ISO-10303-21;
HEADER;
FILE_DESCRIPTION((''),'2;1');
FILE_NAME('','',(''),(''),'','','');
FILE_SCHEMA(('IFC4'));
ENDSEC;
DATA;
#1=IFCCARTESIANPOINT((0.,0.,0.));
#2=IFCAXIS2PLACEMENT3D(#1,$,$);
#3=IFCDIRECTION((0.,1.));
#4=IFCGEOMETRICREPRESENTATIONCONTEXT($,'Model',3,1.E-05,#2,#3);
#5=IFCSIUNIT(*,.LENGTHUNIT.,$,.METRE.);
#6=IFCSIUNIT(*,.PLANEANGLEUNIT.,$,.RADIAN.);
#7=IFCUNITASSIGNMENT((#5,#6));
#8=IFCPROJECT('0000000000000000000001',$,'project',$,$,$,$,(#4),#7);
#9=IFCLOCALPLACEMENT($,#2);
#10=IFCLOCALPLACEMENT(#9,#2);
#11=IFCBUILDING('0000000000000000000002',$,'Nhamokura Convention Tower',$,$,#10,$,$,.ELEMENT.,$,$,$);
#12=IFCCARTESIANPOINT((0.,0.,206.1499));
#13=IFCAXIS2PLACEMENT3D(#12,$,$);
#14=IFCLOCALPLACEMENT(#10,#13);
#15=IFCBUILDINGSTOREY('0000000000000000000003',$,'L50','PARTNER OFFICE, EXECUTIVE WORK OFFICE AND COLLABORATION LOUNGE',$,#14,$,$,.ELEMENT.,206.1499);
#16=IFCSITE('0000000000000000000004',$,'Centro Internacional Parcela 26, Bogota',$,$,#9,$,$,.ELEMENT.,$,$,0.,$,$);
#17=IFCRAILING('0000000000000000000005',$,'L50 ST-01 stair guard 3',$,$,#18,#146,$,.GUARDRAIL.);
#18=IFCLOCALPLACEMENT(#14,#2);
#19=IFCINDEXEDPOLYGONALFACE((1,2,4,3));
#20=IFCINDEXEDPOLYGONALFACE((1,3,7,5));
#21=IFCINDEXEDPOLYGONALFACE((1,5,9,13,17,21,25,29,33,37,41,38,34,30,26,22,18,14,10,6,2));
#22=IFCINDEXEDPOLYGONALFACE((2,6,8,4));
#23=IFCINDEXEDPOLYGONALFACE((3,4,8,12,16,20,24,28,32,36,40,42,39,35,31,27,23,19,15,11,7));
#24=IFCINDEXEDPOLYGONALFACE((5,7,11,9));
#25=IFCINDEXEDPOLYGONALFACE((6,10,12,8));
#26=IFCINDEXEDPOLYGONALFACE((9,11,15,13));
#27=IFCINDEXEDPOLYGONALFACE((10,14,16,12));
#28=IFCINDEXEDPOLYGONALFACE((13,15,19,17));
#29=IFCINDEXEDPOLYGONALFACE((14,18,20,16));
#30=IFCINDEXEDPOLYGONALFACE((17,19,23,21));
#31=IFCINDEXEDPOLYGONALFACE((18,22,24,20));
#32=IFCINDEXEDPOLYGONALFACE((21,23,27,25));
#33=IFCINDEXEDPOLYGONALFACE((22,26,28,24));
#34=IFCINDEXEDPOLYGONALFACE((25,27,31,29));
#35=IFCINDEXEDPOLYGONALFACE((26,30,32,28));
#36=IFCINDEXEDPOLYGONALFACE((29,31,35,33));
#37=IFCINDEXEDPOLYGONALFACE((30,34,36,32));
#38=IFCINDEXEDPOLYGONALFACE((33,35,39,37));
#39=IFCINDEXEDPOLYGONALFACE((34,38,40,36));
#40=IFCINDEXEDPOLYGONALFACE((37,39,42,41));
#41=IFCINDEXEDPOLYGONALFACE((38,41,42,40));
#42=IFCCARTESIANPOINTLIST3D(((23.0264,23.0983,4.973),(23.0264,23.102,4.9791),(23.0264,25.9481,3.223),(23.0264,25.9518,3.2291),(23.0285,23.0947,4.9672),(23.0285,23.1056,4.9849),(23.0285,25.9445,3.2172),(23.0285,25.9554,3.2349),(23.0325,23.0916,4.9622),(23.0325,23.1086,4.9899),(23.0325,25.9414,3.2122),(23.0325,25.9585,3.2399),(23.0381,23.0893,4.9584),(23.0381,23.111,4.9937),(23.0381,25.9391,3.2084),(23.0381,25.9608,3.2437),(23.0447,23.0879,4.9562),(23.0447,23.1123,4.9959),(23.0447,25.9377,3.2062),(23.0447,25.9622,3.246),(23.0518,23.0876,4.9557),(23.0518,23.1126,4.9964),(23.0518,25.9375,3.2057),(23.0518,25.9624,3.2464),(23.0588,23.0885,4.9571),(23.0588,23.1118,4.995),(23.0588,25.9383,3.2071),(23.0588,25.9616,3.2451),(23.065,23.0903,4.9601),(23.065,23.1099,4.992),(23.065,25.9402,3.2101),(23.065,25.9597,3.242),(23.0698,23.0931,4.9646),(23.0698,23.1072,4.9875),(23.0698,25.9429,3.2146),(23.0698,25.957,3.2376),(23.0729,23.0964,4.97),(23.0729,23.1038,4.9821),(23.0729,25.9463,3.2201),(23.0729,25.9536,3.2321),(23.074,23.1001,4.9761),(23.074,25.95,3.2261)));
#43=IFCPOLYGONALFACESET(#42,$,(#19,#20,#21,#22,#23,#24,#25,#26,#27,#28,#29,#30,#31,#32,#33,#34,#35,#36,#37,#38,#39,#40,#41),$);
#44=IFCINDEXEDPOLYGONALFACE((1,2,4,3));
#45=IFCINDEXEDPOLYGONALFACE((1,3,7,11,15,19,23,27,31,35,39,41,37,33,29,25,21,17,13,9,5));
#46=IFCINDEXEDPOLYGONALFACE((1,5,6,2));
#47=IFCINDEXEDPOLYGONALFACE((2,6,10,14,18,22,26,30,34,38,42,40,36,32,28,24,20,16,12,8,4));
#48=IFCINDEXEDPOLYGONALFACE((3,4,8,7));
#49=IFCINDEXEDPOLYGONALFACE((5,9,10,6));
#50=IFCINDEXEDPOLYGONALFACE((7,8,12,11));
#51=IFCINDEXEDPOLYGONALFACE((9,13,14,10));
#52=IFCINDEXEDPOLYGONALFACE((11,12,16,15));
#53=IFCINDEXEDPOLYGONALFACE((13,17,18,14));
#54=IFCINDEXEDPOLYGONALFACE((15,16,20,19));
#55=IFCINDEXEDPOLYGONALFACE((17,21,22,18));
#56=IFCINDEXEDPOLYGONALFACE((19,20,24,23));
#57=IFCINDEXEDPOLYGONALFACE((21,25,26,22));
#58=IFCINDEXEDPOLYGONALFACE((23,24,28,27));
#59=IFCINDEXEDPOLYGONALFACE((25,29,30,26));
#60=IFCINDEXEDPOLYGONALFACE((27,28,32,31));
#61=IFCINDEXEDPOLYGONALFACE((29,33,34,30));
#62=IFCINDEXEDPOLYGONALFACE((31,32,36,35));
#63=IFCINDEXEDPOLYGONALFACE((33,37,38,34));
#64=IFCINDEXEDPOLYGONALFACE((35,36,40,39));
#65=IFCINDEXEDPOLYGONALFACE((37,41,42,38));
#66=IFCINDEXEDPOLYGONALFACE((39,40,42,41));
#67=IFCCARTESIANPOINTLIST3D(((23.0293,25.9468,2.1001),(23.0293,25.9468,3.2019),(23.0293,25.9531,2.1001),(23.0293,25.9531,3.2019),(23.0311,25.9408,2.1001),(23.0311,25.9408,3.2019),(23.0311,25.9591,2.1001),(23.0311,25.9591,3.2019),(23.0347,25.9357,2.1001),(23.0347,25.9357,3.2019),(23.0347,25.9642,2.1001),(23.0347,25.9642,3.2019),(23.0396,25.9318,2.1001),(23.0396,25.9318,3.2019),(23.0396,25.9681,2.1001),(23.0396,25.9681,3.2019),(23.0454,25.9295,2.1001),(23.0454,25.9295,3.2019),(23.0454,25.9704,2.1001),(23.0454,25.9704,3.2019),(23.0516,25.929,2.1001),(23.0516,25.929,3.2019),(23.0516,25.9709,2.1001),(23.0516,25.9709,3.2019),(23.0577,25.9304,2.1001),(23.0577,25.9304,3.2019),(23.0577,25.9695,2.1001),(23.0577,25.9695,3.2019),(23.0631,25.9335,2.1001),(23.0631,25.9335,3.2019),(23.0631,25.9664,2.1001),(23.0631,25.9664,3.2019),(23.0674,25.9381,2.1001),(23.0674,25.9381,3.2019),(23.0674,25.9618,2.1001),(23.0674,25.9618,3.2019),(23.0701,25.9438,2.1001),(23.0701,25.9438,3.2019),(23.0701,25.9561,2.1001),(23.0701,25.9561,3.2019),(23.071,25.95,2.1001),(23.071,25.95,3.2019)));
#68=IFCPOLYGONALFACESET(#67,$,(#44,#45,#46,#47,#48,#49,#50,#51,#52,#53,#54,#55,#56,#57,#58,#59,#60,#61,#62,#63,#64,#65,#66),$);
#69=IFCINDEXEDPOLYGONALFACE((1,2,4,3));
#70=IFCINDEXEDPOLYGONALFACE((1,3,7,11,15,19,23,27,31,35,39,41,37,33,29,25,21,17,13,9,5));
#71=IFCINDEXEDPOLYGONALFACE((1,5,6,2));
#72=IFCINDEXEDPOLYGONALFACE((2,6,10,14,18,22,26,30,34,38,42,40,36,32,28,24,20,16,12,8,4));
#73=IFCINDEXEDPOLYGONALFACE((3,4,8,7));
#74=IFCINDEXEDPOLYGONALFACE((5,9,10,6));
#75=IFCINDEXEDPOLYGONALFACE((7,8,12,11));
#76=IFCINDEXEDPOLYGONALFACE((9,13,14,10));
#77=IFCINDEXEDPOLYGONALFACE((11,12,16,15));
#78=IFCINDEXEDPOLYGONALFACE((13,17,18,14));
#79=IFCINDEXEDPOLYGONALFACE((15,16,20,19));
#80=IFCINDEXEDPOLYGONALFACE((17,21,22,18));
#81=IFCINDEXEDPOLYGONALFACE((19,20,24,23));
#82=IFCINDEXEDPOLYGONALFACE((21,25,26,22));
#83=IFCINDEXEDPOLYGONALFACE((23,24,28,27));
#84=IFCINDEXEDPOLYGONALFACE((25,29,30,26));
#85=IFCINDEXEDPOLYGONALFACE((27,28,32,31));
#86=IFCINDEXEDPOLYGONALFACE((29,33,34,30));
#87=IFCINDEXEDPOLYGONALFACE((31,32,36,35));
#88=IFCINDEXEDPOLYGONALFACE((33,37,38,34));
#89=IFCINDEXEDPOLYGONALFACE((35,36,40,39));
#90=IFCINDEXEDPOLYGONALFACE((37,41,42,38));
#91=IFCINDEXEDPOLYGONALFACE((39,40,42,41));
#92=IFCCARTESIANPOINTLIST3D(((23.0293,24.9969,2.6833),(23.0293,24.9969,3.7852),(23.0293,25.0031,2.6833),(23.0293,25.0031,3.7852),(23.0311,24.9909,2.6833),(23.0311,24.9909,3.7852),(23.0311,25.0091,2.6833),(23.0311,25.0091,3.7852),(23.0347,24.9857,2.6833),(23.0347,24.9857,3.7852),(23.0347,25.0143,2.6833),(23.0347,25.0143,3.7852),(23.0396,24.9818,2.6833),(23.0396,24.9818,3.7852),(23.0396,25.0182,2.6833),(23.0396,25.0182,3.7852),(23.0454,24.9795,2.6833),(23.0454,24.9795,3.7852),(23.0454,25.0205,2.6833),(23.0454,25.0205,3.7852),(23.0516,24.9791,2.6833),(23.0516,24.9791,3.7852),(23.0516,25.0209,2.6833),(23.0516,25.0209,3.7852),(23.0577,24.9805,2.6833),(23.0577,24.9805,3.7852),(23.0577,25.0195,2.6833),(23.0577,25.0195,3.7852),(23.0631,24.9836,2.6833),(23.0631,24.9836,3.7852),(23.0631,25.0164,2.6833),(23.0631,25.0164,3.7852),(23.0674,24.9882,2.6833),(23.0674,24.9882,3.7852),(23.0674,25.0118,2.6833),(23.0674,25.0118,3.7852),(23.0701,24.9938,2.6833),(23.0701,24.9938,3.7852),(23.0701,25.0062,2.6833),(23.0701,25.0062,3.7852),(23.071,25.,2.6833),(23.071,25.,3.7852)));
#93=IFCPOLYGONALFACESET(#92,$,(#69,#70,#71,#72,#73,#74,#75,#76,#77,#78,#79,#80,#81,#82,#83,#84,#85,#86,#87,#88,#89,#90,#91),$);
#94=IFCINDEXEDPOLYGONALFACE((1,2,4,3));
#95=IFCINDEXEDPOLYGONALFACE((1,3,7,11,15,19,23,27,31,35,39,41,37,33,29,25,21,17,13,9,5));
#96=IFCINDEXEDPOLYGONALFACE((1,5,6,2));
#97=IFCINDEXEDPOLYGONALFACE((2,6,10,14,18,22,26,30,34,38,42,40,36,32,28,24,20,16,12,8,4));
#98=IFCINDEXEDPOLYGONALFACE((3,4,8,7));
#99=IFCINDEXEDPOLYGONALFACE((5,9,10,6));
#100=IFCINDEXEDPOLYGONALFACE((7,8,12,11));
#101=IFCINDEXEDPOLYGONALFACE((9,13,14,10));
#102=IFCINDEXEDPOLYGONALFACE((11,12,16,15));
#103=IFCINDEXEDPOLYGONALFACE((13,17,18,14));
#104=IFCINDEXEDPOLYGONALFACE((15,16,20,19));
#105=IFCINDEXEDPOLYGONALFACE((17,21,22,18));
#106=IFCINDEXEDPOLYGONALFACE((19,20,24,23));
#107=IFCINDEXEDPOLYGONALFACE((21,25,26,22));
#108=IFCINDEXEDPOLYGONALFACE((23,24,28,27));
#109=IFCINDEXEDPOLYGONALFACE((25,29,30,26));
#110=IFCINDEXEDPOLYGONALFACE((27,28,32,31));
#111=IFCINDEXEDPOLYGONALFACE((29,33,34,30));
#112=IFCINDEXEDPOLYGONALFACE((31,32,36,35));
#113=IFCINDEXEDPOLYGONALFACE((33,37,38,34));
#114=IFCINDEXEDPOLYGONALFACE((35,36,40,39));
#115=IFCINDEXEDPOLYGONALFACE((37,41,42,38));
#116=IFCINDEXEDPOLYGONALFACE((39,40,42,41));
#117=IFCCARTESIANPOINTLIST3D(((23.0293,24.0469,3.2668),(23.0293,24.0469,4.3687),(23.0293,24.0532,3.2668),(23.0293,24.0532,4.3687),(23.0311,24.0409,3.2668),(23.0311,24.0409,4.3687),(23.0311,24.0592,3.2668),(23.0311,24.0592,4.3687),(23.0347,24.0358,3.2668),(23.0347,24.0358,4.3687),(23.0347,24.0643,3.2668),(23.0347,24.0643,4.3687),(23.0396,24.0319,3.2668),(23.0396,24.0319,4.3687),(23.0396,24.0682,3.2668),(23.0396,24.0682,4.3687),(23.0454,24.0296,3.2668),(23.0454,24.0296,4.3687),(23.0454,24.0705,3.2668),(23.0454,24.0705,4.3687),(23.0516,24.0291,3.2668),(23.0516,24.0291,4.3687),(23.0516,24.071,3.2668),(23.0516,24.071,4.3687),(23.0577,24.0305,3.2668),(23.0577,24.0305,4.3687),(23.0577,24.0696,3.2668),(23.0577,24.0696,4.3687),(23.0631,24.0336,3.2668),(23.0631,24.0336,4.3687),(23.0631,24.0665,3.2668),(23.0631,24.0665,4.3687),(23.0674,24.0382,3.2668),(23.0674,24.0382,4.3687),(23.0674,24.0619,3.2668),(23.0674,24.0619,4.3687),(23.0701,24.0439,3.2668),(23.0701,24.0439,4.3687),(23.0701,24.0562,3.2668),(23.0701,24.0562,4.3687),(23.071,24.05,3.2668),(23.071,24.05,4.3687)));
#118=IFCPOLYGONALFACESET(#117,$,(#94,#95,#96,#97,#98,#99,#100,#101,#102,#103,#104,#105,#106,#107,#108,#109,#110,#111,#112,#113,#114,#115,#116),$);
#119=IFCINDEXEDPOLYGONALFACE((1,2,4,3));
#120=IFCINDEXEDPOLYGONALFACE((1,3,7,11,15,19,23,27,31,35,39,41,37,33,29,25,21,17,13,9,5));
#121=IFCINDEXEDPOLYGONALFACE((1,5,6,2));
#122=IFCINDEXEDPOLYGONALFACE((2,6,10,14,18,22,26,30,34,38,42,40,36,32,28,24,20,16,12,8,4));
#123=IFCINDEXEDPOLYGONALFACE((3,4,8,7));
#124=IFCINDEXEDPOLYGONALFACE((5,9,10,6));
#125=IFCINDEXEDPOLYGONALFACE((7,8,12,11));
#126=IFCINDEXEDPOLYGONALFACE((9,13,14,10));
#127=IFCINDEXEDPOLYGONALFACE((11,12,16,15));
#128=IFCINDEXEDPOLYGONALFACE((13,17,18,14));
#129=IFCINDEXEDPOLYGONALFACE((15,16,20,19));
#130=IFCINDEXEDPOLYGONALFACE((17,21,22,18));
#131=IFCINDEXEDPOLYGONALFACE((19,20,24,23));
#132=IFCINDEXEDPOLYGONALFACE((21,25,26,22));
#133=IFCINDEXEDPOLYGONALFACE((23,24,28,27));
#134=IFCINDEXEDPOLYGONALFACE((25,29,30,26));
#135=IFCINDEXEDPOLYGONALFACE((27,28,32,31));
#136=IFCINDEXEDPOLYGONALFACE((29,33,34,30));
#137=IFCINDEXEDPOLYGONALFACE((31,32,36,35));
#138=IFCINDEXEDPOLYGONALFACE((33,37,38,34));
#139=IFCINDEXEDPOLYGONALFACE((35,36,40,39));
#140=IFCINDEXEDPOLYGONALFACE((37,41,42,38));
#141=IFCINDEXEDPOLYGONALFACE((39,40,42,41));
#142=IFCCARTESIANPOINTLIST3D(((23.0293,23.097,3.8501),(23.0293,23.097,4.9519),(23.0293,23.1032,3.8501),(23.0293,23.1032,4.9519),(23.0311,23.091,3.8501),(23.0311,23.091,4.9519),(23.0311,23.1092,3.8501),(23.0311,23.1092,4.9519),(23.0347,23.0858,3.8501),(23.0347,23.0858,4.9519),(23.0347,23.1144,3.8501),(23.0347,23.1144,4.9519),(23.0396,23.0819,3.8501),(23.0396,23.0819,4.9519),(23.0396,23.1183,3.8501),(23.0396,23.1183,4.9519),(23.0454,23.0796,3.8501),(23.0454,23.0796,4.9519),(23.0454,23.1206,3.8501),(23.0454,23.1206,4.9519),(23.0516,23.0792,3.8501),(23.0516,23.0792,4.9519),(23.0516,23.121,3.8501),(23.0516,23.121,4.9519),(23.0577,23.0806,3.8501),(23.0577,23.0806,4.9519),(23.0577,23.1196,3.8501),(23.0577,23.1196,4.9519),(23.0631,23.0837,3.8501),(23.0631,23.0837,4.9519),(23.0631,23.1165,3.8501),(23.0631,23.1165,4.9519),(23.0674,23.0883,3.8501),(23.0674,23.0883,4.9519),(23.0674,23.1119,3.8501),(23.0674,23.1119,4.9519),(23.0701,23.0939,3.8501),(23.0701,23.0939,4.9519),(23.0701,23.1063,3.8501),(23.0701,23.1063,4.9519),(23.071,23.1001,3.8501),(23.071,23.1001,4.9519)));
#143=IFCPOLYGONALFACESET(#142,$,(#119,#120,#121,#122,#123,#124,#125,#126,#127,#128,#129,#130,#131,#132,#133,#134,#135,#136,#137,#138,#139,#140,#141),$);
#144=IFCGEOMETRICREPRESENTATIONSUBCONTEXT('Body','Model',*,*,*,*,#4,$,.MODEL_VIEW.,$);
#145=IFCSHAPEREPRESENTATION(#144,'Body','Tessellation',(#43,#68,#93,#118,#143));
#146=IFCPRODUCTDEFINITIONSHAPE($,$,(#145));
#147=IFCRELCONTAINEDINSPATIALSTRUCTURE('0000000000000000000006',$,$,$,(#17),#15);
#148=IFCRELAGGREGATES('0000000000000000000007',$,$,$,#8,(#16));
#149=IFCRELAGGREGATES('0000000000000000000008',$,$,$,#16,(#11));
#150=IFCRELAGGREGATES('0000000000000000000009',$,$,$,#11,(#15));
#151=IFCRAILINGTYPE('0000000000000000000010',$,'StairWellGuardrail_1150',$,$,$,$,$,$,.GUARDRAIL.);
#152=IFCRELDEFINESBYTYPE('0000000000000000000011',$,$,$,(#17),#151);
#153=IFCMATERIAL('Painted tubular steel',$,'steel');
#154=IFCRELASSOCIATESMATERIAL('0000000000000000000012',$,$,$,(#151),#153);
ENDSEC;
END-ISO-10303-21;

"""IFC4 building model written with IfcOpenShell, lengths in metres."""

from ifc_helpers import new_model, si_unit, direction, frame, origin, origin_2d, place, context, subcontext, project, spatial, circle, extrude, material, type_object, element, save


model = new_model("IFC4")

# Units and contexts
model_context = context("Model", 3, precision=1e-05, world=origin(), true_north=direction((0.0, 1.0)))
body_context = subcontext(model_context, "Body", "Model", "MODEL_VIEW")
ifc_project = project(units=[si_unit("LENGTHUNIT", "METRE"), si_unit("PLANEANGLEUNIT", "RADIAN")], contexts=[model_context])

# Site, building, storey
site_placement = place(None, origin())
site = spatial("IfcSite", under=ifc_project, at=site_placement, Name="Centro Internacional Parcela 26, Bogota", CompositionType="ELEMENT", RefElevation=0.0)
building_placement = place(site_placement, origin())
building = spatial("IfcBuilding", under=site, at=building_placement, Name="Nhamokura Convention Tower", CompositionType="ELEMENT")
storey_placement = place(building_placement, frame((0.0, 0.0, 206.1499)))
storey = spatial("IfcBuildingStorey", under=building, at=storey_placement, Name="L50", Description="PARTNER OFFICE, EXECUTIVE WORK OFFICE AND COLLABORATION LOUNGE", CompositionType="ELEMENT", Elevation=206.1499)

# Railing
ifc_material_1 = material(Name="Painted tubular steel", Category="steel")
railing_type_1 = type_object("IfcRailingType", Name="StairWellGuardrail_1150", PredefinedType="GUARDRAIL", material=ifc_material_1)
railing_1_placement = place(storey_placement, frame((23.05, 25.95, 2.1001)))
element("IfcRailing", 1, at=railing_1_placement, inside=storey, type_object=railing_type_1, Name="L50 ST-01 stair guard 3", PredefinedType="GUARDRAIL", context=body_context, shape_type="SweptSolid", body=[
    extrude(circle(Radius=0.0239, at=origin_2d()), frame((0.0, 0.0, 1.126), z_axis=(0.0, -0.852159, 0.523283), x_axis=(1.0, 0.0, 0.0)), (0.0, 0.0, 1.0), 3.3442),
    extrude(circle(Radius=0.021, at=origin_2d()), origin(), (0.0, 0.0, 1.0), 1.1018),
    extrude(circle(Radius=0.021, at=origin_2d()), frame((0.0, -0.95, 0.5833)), (0.0, 0.0, 1.0), 1.1018),
    extrude(circle(Radius=0.021, at=origin_2d()), frame((0.0, -1.8999, 1.1667)), (0.0, 0.0, 1.0), 1.1018),
    extrude(circle(Radius=0.021, at=origin_2d()), frame((0.0, -2.8499, 1.75)), (0.0, 0.0, 1.0), 1.1018),
])

save(model, "model.ifc")
